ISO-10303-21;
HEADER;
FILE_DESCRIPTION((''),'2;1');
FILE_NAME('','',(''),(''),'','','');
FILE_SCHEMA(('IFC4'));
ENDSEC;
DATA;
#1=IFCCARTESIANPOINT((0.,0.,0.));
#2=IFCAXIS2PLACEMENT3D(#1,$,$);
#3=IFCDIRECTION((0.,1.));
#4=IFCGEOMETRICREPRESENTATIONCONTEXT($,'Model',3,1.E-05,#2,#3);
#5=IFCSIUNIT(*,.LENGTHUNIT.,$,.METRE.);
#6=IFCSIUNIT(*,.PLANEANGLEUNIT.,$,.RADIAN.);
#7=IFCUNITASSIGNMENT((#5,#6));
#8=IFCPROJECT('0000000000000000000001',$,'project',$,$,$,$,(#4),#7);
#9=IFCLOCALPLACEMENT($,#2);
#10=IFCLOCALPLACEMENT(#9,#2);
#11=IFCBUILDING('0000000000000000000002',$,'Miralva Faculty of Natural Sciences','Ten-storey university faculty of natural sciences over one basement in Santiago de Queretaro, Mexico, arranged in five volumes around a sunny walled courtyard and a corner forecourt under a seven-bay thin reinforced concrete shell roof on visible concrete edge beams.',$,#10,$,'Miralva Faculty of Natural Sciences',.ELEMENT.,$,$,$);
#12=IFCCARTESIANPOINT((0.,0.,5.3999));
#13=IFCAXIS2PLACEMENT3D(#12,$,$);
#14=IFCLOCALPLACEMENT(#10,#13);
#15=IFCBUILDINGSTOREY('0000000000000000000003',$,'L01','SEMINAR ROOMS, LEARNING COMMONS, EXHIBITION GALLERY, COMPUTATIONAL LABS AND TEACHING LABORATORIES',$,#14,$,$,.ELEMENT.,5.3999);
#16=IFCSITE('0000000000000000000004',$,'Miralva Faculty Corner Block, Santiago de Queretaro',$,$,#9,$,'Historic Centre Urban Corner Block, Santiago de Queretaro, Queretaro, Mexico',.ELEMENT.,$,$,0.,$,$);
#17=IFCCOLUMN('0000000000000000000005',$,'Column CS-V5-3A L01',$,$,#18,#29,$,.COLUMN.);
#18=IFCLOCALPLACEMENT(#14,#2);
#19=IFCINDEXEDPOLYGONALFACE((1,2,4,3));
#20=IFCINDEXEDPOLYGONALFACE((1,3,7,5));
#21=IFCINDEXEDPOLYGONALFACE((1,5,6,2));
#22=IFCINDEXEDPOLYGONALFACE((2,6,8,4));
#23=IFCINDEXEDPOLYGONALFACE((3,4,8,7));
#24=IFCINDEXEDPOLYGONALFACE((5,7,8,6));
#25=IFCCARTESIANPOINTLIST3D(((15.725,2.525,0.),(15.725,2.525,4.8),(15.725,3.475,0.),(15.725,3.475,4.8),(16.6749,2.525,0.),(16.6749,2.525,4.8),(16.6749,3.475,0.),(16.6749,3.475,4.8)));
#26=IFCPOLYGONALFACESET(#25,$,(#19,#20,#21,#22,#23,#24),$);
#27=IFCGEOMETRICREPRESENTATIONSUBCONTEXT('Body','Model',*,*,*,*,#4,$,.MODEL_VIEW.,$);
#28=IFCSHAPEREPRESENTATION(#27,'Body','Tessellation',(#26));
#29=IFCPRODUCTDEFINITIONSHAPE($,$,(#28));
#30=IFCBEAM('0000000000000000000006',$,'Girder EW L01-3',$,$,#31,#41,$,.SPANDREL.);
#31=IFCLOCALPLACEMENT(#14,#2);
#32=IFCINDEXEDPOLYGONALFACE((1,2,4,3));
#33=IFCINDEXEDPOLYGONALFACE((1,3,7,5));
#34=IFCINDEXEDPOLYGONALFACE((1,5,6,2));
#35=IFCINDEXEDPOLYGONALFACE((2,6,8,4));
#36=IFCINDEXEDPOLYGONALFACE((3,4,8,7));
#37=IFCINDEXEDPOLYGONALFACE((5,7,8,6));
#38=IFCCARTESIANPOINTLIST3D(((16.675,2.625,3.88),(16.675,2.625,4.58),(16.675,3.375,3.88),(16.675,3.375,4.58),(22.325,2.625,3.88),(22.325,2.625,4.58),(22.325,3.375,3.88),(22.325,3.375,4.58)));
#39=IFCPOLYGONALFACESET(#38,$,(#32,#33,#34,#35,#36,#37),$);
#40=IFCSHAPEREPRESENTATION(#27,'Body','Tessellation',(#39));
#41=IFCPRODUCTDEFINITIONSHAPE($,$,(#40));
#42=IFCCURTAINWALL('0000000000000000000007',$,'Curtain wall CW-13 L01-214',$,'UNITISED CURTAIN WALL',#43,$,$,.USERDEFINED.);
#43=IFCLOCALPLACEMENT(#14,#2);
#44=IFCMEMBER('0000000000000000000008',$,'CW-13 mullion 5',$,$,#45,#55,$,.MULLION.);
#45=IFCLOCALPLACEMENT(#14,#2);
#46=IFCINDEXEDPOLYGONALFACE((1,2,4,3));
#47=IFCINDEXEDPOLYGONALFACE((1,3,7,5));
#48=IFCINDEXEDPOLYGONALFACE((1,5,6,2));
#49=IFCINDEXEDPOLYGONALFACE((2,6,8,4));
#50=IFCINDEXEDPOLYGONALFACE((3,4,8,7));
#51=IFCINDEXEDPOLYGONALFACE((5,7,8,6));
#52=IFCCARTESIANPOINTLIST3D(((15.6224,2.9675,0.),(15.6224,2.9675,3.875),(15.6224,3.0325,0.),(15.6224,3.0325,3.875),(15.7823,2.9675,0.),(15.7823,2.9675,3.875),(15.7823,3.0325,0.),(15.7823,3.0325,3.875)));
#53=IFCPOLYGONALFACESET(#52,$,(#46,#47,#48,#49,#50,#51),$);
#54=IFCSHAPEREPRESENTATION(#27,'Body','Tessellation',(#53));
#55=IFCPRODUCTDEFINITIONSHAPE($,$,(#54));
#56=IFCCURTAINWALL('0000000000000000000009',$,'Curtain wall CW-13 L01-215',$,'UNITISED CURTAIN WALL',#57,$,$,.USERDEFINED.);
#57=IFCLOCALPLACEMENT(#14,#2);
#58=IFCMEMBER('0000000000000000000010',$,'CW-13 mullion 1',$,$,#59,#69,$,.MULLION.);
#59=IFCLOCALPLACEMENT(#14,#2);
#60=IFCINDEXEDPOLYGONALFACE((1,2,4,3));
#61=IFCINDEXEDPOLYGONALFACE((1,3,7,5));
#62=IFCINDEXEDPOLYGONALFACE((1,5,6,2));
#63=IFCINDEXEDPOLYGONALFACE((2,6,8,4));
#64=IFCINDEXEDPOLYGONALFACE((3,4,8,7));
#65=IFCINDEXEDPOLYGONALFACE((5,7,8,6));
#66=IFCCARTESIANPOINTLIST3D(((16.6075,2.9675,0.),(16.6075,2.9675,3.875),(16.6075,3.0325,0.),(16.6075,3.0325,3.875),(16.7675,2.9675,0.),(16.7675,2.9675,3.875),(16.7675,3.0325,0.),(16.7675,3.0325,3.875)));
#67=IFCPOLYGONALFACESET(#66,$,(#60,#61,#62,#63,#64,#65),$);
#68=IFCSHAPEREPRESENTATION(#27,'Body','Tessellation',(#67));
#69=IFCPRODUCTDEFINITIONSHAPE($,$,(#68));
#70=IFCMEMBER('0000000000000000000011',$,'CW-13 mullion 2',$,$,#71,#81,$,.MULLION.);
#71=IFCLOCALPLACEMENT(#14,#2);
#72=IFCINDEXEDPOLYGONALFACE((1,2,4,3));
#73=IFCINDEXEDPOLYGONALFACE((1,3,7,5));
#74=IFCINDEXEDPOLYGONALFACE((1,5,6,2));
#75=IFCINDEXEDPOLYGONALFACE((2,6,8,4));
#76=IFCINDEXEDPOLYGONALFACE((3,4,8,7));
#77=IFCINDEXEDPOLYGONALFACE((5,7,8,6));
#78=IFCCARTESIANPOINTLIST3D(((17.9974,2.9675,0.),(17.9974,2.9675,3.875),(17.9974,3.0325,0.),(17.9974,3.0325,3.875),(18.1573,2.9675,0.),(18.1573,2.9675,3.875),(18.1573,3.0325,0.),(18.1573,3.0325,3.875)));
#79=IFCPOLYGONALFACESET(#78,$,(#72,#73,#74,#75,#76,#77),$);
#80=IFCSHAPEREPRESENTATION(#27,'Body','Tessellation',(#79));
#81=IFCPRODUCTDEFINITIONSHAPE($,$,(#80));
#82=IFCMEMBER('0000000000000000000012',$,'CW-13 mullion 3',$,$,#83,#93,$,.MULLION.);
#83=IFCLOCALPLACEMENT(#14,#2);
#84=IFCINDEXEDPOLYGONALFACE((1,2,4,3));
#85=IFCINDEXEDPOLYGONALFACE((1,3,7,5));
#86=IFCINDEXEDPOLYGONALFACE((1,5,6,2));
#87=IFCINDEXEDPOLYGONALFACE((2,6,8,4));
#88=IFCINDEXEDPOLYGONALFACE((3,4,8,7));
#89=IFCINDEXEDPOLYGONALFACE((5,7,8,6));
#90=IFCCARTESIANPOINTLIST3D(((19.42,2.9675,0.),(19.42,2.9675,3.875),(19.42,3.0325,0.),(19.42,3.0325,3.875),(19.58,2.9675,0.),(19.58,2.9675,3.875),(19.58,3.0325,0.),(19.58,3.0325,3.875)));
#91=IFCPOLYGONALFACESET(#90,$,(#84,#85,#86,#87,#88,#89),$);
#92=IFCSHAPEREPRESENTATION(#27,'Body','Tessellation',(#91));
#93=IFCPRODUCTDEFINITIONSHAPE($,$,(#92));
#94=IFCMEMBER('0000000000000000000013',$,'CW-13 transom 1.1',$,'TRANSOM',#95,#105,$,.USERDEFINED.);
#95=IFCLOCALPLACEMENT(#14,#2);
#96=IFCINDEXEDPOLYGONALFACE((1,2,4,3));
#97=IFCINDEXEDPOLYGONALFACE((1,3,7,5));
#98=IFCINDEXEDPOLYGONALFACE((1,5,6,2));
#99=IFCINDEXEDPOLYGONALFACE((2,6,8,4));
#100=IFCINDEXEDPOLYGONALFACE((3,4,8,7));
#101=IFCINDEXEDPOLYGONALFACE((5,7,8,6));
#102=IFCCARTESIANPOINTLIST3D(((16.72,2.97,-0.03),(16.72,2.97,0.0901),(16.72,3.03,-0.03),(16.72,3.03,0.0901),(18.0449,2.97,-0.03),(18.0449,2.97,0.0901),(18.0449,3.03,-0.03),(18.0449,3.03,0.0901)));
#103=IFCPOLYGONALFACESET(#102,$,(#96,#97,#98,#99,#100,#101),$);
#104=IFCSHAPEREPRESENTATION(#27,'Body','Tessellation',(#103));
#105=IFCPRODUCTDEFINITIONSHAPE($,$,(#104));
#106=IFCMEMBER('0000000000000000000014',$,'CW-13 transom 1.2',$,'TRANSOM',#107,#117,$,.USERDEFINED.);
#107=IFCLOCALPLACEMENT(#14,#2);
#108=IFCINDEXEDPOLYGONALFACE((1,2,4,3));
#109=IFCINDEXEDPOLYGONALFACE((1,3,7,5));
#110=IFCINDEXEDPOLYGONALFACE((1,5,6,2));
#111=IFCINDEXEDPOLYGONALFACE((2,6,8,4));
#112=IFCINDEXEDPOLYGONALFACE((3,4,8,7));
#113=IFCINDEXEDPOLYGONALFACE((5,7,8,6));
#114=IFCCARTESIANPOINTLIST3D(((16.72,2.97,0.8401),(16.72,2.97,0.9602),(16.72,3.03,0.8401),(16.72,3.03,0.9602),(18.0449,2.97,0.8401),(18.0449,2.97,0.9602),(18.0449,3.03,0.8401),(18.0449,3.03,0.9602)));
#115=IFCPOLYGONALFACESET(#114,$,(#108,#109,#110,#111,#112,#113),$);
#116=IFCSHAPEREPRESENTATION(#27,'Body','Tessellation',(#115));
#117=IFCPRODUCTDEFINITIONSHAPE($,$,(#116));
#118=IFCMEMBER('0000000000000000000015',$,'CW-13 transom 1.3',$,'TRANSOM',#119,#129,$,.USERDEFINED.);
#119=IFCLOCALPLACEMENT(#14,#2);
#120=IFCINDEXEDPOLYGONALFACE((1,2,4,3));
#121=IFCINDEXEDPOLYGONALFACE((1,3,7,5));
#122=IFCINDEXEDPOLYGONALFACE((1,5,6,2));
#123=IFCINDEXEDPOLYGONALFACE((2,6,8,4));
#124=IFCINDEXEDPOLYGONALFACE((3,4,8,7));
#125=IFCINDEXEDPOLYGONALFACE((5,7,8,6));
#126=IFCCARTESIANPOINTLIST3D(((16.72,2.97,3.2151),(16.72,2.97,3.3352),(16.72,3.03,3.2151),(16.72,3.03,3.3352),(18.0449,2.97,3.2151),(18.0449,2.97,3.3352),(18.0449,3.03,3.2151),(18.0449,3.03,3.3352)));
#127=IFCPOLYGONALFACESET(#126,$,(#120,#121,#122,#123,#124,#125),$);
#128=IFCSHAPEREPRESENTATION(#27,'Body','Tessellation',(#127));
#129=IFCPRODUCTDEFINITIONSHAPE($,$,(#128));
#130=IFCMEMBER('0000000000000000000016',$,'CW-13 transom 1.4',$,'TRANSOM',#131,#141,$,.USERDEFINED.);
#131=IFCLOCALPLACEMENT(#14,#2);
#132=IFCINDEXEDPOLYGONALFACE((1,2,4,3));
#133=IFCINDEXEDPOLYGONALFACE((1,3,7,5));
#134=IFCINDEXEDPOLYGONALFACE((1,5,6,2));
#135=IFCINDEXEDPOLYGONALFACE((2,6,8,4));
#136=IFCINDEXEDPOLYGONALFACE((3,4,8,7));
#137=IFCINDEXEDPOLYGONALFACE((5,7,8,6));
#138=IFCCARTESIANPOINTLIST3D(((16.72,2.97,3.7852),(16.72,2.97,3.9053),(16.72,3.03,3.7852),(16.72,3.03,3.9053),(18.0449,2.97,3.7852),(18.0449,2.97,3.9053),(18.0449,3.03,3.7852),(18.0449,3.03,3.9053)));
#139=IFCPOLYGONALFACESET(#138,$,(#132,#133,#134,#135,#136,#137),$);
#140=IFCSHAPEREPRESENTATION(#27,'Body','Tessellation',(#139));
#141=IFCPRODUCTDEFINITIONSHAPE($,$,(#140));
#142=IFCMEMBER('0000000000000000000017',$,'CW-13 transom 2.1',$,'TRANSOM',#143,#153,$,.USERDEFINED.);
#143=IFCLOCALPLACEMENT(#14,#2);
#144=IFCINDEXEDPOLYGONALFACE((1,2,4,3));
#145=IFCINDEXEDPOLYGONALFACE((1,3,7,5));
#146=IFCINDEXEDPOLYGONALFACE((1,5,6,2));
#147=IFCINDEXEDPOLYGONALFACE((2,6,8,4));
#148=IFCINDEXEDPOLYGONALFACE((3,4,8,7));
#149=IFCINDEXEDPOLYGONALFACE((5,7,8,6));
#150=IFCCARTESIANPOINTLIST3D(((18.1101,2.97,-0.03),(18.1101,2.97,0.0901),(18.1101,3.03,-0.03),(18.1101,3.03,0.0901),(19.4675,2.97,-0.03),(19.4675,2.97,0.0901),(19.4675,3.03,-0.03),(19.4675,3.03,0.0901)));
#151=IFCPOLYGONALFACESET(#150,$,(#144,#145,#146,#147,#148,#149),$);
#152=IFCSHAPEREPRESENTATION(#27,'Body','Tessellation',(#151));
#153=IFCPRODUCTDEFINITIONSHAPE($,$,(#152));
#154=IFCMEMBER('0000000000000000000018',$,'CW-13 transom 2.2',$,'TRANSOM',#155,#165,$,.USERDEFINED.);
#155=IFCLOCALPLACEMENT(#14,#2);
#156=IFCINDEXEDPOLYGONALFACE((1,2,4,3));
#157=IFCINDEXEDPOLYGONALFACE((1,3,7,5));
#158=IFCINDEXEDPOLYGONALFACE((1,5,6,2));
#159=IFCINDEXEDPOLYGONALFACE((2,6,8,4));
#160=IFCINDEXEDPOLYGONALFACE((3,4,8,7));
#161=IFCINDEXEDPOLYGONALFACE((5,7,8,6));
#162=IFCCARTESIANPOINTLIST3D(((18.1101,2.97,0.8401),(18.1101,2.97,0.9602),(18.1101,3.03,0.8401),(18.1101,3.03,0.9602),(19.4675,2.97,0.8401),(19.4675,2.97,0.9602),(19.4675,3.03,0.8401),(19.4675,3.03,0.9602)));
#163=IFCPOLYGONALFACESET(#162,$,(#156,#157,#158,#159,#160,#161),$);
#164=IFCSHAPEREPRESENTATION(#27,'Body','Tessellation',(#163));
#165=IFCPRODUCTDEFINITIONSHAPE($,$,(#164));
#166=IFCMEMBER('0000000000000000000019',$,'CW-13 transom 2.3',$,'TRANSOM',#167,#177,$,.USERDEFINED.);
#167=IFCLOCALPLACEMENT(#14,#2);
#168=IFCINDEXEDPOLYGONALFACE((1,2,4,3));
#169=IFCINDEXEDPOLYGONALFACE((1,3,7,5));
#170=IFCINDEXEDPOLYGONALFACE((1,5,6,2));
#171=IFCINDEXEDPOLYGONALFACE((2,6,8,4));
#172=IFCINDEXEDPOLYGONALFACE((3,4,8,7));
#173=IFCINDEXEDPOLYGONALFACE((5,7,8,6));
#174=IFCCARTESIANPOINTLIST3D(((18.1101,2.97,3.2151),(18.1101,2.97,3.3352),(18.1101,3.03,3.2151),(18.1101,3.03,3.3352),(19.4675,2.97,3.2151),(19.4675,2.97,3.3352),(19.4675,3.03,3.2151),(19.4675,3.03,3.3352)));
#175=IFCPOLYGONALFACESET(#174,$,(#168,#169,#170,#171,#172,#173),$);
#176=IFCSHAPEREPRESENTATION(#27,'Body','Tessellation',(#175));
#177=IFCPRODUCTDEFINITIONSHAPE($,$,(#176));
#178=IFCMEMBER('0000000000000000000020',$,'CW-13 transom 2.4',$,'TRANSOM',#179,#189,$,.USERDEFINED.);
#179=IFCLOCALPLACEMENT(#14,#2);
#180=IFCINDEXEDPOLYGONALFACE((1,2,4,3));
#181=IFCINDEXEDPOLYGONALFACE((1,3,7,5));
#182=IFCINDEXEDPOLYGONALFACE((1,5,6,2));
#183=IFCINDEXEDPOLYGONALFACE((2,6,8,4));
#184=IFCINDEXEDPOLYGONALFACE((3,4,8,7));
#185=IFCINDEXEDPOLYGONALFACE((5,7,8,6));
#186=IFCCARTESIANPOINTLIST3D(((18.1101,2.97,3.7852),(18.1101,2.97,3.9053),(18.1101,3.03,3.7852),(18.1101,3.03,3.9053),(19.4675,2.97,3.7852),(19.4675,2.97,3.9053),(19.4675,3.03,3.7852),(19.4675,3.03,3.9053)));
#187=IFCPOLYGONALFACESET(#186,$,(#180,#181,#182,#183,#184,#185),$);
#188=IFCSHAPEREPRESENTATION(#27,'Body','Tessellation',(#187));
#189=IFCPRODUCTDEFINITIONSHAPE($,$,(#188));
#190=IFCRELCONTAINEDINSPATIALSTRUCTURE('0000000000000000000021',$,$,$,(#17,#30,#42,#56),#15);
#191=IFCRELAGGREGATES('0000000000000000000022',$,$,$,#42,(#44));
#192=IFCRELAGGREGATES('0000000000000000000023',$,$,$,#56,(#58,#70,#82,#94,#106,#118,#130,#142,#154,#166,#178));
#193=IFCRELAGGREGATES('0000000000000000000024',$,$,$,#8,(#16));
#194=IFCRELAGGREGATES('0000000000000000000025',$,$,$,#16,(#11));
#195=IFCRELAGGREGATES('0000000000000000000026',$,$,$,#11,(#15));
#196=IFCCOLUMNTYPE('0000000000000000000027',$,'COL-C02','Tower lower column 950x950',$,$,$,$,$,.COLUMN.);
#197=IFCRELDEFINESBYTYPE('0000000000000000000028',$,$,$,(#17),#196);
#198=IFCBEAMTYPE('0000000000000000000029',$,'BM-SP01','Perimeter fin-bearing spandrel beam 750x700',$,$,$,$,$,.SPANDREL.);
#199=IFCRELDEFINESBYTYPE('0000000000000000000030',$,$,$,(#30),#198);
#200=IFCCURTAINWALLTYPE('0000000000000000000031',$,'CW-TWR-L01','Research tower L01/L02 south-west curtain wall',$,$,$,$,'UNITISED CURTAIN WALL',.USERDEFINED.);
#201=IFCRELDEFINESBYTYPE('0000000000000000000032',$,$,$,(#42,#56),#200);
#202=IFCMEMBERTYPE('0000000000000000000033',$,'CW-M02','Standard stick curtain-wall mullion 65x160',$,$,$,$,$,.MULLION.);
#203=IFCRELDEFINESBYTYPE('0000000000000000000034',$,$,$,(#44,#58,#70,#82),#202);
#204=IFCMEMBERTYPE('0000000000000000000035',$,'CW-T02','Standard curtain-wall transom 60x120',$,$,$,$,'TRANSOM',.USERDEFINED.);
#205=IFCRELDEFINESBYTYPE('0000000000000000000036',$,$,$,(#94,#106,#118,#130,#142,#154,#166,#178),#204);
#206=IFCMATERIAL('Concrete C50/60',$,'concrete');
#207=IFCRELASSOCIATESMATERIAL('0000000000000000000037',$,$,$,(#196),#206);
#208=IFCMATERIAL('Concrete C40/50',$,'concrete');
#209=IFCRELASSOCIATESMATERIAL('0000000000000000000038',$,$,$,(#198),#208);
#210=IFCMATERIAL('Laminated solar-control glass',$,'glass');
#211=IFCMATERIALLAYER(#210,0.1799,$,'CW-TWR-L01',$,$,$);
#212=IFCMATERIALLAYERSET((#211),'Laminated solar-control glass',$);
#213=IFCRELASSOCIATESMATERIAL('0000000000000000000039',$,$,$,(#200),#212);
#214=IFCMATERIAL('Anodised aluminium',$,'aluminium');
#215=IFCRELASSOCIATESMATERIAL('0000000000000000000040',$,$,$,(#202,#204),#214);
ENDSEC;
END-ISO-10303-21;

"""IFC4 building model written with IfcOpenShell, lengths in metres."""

from ifc_helpers import new_model, si_unit, direction, frame, origin, origin_2d, place, context, subcontext, project, spatial, rectangle, extrude, material, layer, layer_set, material_profile, profile_set, type_object, element, aggregate, save


model = new_model("IFC4")

# Units and contexts
model_context = context("Model", 3, precision=1e-05, world=origin(), true_north=direction((0.0, 1.0)))
body_context = subcontext(model_context, "Body", "Model", "MODEL_VIEW")
ifc_project = project(units=[si_unit("LENGTHUNIT", "METRE"), si_unit("PLANEANGLEUNIT", "RADIAN")], contexts=[model_context])

# Site, building, storey
site_placement = place(None, origin())
site = spatial("IfcSite", under=ifc_project, at=site_placement, Name="Miralva Faculty Corner Block, Santiago de Queretaro", LongName="Historic Centre Urban Corner Block, Santiago de Queretaro, Queretaro, Mexico", CompositionType="ELEMENT", RefElevation=0.0)
building_placement = place(site_placement, origin())
building = spatial("IfcBuilding", under=site, at=building_placement, Name="Miralva Faculty of Natural Sciences", Description="Ten-storey university faculty of natural sciences over one basement in Santiago de Queretaro, Mexico, arranged in five volumes around a sunny walled courtyard and a corner forecourt under a seven-bay thin reinforced concrete shell roof on visible concrete edge beams.", LongName="Miralva Faculty of Natural Sciences", CompositionType="ELEMENT")
storey_placement = place(building_placement, frame((0.0, 0.0, 5.3999)))
storey = spatial("IfcBuildingStorey", under=building, at=storey_placement, Name="L01", Description="SEMINAR ROOMS, LEARNING COMMONS, EXHIBITION GALLERY, COMPUTATIONAL LABS AND TEACHING LABORATORIES", CompositionType="ELEMENT", Elevation=5.3999)

# Column
ifc_material_1 = material(Name="Concrete C50/60", Category="concrete")
ifc_material_profile_1 = material_profile(ifc_material_1, rectangle(XDim=0.95, YDim=0.95, at=origin_2d()), Name="RC 950x950")
ifc_profile_set_1 = profile_set([ifc_material_profile_1], Name="Concrete C50/60")
column_type = type_object("IfcColumnType", Name="COL-C02", Description="Tower lower column 950x950", PredefinedType="COLUMN", material=ifc_profile_set_1)
column_placement = place(storey_placement, frame((16.2, 3.0, 0.0), z_axis=(0.0, 0.0, 1.0), x_axis=(1.0, 0.0, 0.0)))
element("IfcColumn", 1, at=column_placement, inside=storey, type_object=column_type, Name="Column CS-V5-3A L01", PredefinedType="COLUMN", context=body_context, shape_type="SweptSolid", body=[
    extrude(rectangle(XDim=0.95, YDim=0.95, at=origin_2d()), origin(), (0.0, 0.0, 1.0), 4.8),
])

# Beam
ifc_material_2 = material(Name="Concrete C40/50", Category="concrete")
ifc_material_profile_2 = material_profile(ifc_material_2, rectangle(XDim=0.75, YDim=0.7, at=origin_2d()), Name="RC 750x700")
ifc_profile_set_2 = profile_set([ifc_material_profile_2], Name="Concrete C40/50")
beam_type = type_object("IfcBeamType", Name="BM-SP01", Description="Perimeter fin-bearing spandrel beam 750x700", PredefinedType="SPANDREL", material=ifc_profile_set_2)
beam_placement = place(storey_placement, frame((16.675, 3.0, 4.23), z_axis=(1.0, 0.0, 0.0), x_axis=(0.0, 1.0, 0.0)))
element("IfcBeam", 2, at=beam_placement, inside=storey, type_object=beam_type, Name="Girder EW L01-3", PredefinedType="SPANDREL", context=body_context, shape_type="SweptSolid", body=[
    extrude(rectangle(XDim=0.75, YDim=0.7, at=origin_2d()), origin(), (0.0, 0.0, 1.0), 5.6499),
])

# Curtain wall, member
ifc_material_3 = material(Name="Laminated solar-control glass", Category="glass")
ifc_layer_1 = layer(ifc_material_3, 0.1799, Name="CW-TWR-L01")
ifc_layer_set_1 = layer_set([ifc_layer_1], Name="Laminated solar-control glass")
curtain_wall_type = type_object("IfcCurtainWallType", Name="CW-TWR-L01", Description="Research tower L01/L02 south-west curtain wall", ElementType="UNITISED CURTAIN WALL", PredefinedType="USERDEFINED", material=ifc_layer_set_1)
curtain_wall_1_placement = place(storey_placement, origin())
curtain_wall_1 = element("IfcCurtainWall", 3, at=curtain_wall_1_placement, inside=storey, type_object=curtain_wall_type, Name="Curtain wall CW-13 L01-214", ObjectType="UNITISED CURTAIN WALL", PredefinedType="USERDEFINED")
ifc_material_4 = material(Name="Anodised aluminium", Category="aluminium")
ifc_material_profile_3 = material_profile(ifc_material_4, rectangle(XDim=0.0649, YDim=0.1599, at=origin_2d()), Name="MULLION 65x160")
ifc_profile_set_3 = profile_set([ifc_material_profile_3], Name="Anodised aluminium")
member_type_1 = type_object("IfcMemberType", Name="CW-M02", Description="Standard stick curtain-wall mullion 65x160", PredefinedType="MULLION", material=ifc_profile_set_3)
member_1_placement = place(storey_placement, frame((15.7024, 3.0, 0.0), z_axis=(0.0, 0.0, 1.0), x_axis=(0.0, 1.0, 0.0)))
member_1 = element("IfcMember", 4, at=member_1_placement, type_object=member_type_1, Name="CW-13 mullion 5", PredefinedType="MULLION", context=body_context, shape_type="SweptSolid", body=[
    extrude(rectangle(XDim=0.0649, YDim=0.1599, at=origin_2d()), origin(), (0.0, 0.0, 1.0), 3.875),
])

# Curtain wall, members
curtain_wall_2_placement = place(storey_placement, origin())
curtain_wall_2 = element("IfcCurtainWall", 5, at=curtain_wall_2_placement, inside=storey, type_object=curtain_wall_type, Name="Curtain wall CW-13 L01-215", ObjectType="UNITISED CURTAIN WALL", PredefinedType="USERDEFINED")
member_2_placement = place(storey_placement, frame((16.6875, 3.0, 0.0), z_axis=(0.0, 0.0, 1.0), x_axis=(0.0, 1.0, 0.0)))
member_2 = element("IfcMember", 6, at=member_2_placement, type_object=member_type_1, Name="CW-13 mullion 1", PredefinedType="MULLION", context=body_context, shape_type="SweptSolid", body=[
    extrude(rectangle(XDim=0.0649, YDim=0.1599, at=origin_2d()), origin(), (0.0, 0.0, 1.0), 3.875),
])
member_3_placement = place(storey_placement, frame((18.0774, 3.0, 0.0), z_axis=(0.0, 0.0, 1.0), x_axis=(0.0, 1.0, 0.0)))
member_3 = element("IfcMember", 7, at=member_3_placement, type_object=member_type_1, Name="CW-13 mullion 2", PredefinedType="MULLION", context=body_context, shape_type="SweptSolid", body=[
    extrude(rectangle(XDim=0.0649, YDim=0.1599, at=origin_2d()), origin(), (0.0, 0.0, 1.0), 3.875),
])
member_4_placement = place(storey_placement, frame((19.5, 3.0, 0.0), z_axis=(0.0, 0.0, 1.0), x_axis=(0.0, 1.0, 0.0)))
member_4 = element("IfcMember", 8, at=member_4_placement, type_object=member_type_1, Name="CW-13 mullion 3", PredefinedType="MULLION", context=body_context, shape_type="SweptSolid", body=[
    extrude(rectangle(XDim=0.0649, YDim=0.1599, at=origin_2d()), origin(), (0.0, 0.0, 1.0), 3.875),
])
ifc_material_profile_4 = material_profile(ifc_material_4, rectangle(XDim=0.0601, YDim=0.1201, at=origin_2d()), Name="TRANSOM 60x120")
ifc_profile_set_4 = profile_set([ifc_material_profile_4], Name="Anodised aluminium")
member_type_2 = type_object("IfcMemberType", Name="CW-T02", Description="Standard curtain-wall transom 60x120", ElementType="TRANSOM", PredefinedType="USERDEFINED", material=ifc_profile_set_4)
member_5_placement = place(storey_placement, frame((16.72, 3.0, 0.03), z_axis=(1.0, 0.0, 0.0), x_axis=(0.0, 1.0, 0.0)))
member_5 = element("IfcMember", 9, at=member_5_placement, type_object=member_type_2, Name="CW-13 transom 1.1", ObjectType="TRANSOM", PredefinedType="USERDEFINED", context=body_context, shape_type="SweptSolid", body=[
    extrude(rectangle(XDim=0.0601, YDim=0.1201, at=origin_2d()), origin(), (0.0, 0.0, 1.0), 1.325),
])
member_6_placement = place(storey_placement, frame((16.72, 3.0, 0.9001), z_axis=(1.0, 0.0, 0.0), x_axis=(0.0, 1.0, 0.0)))
member_6 = element("IfcMember", 10, at=member_6_placement, type_object=member_type_2, Name="CW-13 transom 1.2", ObjectType="TRANSOM", PredefinedType="USERDEFINED", context=body_context, shape_type="SweptSolid", body=[
    extrude(rectangle(XDim=0.0601, YDim=0.1201, at=origin_2d()), origin(), (0.0, 0.0, 1.0), 1.325),
])
member_7_placement = place(storey_placement, frame((16.72, 3.0, 3.2751), z_axis=(1.0, 0.0, 0.0), x_axis=(0.0, 1.0, 0.0)))
member_7 = element("IfcMember", 11, at=member_7_placement, type_object=member_type_2, Name="CW-13 transom 1.3", ObjectType="TRANSOM", PredefinedType="USERDEFINED", context=body_context, shape_type="SweptSolid", body=[
    extrude(rectangle(XDim=0.0601, YDim=0.1201, at=origin_2d()), origin(), (0.0, 0.0, 1.0), 1.325),
])
member_8_placement = place(storey_placement, frame((16.72, 3.0, 3.8452), z_axis=(1.0, 0.0, 0.0), x_axis=(0.0, 1.0, 0.0)))
member_8 = element("IfcMember", 12, at=member_8_placement, type_object=member_type_2, Name="CW-13 transom 1.4", ObjectType="TRANSOM", PredefinedType="USERDEFINED", context=body_context, shape_type="SweptSolid", body=[
    extrude(rectangle(XDim=0.0601, YDim=0.1201, at=origin_2d()), origin(), (0.0, 0.0, 1.0), 1.325),
])
member_9_placement = place(storey_placement, frame((18.1101, 3.0, 0.03), z_axis=(1.0, 0.0, 0.0), x_axis=(0.0, 1.0, 0.0)))
member_9 = element("IfcMember", 13, at=member_9_placement, type_object=member_type_2, Name="CW-13 transom 2.1", ObjectType="TRANSOM", PredefinedType="USERDEFINED", context=body_context, shape_type="SweptSolid", body=[
    extrude(rectangle(XDim=0.0601, YDim=0.1201, at=origin_2d()), origin(), (0.0, 0.0, 1.0), 1.3574),
])
member_10_placement = place(storey_placement, frame((18.1101, 3.0, 0.9001), z_axis=(1.0, 0.0, 0.0), x_axis=(0.0, 1.0, 0.0)))
member_10 = element("IfcMember", 14, at=member_10_placement, type_object=member_type_2, Name="CW-13 transom 2.2", ObjectType="TRANSOM", PredefinedType="USERDEFINED", context=body_context, shape_type="SweptSolid", body=[
    extrude(rectangle(XDim=0.0601, YDim=0.1201, at=origin_2d()), origin(), (0.0, 0.0, 1.0), 1.3574),
])
member_11_placement = place(storey_placement, frame((18.1101, 3.0, 3.2751), z_axis=(1.0, 0.0, 0.0), x_axis=(0.0, 1.0, 0.0)))
member_11 = element("IfcMember", 15, at=member_11_placement, type_object=member_type_2, Name="CW-13 transom 2.3", ObjectType="TRANSOM", PredefinedType="USERDEFINED", context=body_context, shape_type="SweptSolid", body=[
    extrude(rectangle(XDim=0.0601, YDim=0.1201, at=origin_2d()), origin(), (0.0, 0.0, 1.0), 1.3574),
])
member_12_placement = place(storey_placement, frame((18.1101, 3.0, 3.8452), z_axis=(1.0, 0.0, 0.0), x_axis=(0.0, 1.0, 0.0)))
member_12 = element("IfcMember", 16, at=member_12_placement, type_object=member_type_2, Name="CW-13 transom 2.4", ObjectType="TRANSOM", PredefinedType="USERDEFINED", context=body_context, shape_type="SweptSolid", body=[
    extrude(rectangle(XDim=0.0601, YDim=0.1201, at=origin_2d()), origin(), (0.0, 0.0, 1.0), 1.3574),
])

aggregate(curtain_wall_1, [member_1])
aggregate(curtain_wall_2, [member_2, member_3, member_4, member_5, member_6, member_7, member_8, member_9, member_10, member_11, member_12])

save(model, "model.ifc")
